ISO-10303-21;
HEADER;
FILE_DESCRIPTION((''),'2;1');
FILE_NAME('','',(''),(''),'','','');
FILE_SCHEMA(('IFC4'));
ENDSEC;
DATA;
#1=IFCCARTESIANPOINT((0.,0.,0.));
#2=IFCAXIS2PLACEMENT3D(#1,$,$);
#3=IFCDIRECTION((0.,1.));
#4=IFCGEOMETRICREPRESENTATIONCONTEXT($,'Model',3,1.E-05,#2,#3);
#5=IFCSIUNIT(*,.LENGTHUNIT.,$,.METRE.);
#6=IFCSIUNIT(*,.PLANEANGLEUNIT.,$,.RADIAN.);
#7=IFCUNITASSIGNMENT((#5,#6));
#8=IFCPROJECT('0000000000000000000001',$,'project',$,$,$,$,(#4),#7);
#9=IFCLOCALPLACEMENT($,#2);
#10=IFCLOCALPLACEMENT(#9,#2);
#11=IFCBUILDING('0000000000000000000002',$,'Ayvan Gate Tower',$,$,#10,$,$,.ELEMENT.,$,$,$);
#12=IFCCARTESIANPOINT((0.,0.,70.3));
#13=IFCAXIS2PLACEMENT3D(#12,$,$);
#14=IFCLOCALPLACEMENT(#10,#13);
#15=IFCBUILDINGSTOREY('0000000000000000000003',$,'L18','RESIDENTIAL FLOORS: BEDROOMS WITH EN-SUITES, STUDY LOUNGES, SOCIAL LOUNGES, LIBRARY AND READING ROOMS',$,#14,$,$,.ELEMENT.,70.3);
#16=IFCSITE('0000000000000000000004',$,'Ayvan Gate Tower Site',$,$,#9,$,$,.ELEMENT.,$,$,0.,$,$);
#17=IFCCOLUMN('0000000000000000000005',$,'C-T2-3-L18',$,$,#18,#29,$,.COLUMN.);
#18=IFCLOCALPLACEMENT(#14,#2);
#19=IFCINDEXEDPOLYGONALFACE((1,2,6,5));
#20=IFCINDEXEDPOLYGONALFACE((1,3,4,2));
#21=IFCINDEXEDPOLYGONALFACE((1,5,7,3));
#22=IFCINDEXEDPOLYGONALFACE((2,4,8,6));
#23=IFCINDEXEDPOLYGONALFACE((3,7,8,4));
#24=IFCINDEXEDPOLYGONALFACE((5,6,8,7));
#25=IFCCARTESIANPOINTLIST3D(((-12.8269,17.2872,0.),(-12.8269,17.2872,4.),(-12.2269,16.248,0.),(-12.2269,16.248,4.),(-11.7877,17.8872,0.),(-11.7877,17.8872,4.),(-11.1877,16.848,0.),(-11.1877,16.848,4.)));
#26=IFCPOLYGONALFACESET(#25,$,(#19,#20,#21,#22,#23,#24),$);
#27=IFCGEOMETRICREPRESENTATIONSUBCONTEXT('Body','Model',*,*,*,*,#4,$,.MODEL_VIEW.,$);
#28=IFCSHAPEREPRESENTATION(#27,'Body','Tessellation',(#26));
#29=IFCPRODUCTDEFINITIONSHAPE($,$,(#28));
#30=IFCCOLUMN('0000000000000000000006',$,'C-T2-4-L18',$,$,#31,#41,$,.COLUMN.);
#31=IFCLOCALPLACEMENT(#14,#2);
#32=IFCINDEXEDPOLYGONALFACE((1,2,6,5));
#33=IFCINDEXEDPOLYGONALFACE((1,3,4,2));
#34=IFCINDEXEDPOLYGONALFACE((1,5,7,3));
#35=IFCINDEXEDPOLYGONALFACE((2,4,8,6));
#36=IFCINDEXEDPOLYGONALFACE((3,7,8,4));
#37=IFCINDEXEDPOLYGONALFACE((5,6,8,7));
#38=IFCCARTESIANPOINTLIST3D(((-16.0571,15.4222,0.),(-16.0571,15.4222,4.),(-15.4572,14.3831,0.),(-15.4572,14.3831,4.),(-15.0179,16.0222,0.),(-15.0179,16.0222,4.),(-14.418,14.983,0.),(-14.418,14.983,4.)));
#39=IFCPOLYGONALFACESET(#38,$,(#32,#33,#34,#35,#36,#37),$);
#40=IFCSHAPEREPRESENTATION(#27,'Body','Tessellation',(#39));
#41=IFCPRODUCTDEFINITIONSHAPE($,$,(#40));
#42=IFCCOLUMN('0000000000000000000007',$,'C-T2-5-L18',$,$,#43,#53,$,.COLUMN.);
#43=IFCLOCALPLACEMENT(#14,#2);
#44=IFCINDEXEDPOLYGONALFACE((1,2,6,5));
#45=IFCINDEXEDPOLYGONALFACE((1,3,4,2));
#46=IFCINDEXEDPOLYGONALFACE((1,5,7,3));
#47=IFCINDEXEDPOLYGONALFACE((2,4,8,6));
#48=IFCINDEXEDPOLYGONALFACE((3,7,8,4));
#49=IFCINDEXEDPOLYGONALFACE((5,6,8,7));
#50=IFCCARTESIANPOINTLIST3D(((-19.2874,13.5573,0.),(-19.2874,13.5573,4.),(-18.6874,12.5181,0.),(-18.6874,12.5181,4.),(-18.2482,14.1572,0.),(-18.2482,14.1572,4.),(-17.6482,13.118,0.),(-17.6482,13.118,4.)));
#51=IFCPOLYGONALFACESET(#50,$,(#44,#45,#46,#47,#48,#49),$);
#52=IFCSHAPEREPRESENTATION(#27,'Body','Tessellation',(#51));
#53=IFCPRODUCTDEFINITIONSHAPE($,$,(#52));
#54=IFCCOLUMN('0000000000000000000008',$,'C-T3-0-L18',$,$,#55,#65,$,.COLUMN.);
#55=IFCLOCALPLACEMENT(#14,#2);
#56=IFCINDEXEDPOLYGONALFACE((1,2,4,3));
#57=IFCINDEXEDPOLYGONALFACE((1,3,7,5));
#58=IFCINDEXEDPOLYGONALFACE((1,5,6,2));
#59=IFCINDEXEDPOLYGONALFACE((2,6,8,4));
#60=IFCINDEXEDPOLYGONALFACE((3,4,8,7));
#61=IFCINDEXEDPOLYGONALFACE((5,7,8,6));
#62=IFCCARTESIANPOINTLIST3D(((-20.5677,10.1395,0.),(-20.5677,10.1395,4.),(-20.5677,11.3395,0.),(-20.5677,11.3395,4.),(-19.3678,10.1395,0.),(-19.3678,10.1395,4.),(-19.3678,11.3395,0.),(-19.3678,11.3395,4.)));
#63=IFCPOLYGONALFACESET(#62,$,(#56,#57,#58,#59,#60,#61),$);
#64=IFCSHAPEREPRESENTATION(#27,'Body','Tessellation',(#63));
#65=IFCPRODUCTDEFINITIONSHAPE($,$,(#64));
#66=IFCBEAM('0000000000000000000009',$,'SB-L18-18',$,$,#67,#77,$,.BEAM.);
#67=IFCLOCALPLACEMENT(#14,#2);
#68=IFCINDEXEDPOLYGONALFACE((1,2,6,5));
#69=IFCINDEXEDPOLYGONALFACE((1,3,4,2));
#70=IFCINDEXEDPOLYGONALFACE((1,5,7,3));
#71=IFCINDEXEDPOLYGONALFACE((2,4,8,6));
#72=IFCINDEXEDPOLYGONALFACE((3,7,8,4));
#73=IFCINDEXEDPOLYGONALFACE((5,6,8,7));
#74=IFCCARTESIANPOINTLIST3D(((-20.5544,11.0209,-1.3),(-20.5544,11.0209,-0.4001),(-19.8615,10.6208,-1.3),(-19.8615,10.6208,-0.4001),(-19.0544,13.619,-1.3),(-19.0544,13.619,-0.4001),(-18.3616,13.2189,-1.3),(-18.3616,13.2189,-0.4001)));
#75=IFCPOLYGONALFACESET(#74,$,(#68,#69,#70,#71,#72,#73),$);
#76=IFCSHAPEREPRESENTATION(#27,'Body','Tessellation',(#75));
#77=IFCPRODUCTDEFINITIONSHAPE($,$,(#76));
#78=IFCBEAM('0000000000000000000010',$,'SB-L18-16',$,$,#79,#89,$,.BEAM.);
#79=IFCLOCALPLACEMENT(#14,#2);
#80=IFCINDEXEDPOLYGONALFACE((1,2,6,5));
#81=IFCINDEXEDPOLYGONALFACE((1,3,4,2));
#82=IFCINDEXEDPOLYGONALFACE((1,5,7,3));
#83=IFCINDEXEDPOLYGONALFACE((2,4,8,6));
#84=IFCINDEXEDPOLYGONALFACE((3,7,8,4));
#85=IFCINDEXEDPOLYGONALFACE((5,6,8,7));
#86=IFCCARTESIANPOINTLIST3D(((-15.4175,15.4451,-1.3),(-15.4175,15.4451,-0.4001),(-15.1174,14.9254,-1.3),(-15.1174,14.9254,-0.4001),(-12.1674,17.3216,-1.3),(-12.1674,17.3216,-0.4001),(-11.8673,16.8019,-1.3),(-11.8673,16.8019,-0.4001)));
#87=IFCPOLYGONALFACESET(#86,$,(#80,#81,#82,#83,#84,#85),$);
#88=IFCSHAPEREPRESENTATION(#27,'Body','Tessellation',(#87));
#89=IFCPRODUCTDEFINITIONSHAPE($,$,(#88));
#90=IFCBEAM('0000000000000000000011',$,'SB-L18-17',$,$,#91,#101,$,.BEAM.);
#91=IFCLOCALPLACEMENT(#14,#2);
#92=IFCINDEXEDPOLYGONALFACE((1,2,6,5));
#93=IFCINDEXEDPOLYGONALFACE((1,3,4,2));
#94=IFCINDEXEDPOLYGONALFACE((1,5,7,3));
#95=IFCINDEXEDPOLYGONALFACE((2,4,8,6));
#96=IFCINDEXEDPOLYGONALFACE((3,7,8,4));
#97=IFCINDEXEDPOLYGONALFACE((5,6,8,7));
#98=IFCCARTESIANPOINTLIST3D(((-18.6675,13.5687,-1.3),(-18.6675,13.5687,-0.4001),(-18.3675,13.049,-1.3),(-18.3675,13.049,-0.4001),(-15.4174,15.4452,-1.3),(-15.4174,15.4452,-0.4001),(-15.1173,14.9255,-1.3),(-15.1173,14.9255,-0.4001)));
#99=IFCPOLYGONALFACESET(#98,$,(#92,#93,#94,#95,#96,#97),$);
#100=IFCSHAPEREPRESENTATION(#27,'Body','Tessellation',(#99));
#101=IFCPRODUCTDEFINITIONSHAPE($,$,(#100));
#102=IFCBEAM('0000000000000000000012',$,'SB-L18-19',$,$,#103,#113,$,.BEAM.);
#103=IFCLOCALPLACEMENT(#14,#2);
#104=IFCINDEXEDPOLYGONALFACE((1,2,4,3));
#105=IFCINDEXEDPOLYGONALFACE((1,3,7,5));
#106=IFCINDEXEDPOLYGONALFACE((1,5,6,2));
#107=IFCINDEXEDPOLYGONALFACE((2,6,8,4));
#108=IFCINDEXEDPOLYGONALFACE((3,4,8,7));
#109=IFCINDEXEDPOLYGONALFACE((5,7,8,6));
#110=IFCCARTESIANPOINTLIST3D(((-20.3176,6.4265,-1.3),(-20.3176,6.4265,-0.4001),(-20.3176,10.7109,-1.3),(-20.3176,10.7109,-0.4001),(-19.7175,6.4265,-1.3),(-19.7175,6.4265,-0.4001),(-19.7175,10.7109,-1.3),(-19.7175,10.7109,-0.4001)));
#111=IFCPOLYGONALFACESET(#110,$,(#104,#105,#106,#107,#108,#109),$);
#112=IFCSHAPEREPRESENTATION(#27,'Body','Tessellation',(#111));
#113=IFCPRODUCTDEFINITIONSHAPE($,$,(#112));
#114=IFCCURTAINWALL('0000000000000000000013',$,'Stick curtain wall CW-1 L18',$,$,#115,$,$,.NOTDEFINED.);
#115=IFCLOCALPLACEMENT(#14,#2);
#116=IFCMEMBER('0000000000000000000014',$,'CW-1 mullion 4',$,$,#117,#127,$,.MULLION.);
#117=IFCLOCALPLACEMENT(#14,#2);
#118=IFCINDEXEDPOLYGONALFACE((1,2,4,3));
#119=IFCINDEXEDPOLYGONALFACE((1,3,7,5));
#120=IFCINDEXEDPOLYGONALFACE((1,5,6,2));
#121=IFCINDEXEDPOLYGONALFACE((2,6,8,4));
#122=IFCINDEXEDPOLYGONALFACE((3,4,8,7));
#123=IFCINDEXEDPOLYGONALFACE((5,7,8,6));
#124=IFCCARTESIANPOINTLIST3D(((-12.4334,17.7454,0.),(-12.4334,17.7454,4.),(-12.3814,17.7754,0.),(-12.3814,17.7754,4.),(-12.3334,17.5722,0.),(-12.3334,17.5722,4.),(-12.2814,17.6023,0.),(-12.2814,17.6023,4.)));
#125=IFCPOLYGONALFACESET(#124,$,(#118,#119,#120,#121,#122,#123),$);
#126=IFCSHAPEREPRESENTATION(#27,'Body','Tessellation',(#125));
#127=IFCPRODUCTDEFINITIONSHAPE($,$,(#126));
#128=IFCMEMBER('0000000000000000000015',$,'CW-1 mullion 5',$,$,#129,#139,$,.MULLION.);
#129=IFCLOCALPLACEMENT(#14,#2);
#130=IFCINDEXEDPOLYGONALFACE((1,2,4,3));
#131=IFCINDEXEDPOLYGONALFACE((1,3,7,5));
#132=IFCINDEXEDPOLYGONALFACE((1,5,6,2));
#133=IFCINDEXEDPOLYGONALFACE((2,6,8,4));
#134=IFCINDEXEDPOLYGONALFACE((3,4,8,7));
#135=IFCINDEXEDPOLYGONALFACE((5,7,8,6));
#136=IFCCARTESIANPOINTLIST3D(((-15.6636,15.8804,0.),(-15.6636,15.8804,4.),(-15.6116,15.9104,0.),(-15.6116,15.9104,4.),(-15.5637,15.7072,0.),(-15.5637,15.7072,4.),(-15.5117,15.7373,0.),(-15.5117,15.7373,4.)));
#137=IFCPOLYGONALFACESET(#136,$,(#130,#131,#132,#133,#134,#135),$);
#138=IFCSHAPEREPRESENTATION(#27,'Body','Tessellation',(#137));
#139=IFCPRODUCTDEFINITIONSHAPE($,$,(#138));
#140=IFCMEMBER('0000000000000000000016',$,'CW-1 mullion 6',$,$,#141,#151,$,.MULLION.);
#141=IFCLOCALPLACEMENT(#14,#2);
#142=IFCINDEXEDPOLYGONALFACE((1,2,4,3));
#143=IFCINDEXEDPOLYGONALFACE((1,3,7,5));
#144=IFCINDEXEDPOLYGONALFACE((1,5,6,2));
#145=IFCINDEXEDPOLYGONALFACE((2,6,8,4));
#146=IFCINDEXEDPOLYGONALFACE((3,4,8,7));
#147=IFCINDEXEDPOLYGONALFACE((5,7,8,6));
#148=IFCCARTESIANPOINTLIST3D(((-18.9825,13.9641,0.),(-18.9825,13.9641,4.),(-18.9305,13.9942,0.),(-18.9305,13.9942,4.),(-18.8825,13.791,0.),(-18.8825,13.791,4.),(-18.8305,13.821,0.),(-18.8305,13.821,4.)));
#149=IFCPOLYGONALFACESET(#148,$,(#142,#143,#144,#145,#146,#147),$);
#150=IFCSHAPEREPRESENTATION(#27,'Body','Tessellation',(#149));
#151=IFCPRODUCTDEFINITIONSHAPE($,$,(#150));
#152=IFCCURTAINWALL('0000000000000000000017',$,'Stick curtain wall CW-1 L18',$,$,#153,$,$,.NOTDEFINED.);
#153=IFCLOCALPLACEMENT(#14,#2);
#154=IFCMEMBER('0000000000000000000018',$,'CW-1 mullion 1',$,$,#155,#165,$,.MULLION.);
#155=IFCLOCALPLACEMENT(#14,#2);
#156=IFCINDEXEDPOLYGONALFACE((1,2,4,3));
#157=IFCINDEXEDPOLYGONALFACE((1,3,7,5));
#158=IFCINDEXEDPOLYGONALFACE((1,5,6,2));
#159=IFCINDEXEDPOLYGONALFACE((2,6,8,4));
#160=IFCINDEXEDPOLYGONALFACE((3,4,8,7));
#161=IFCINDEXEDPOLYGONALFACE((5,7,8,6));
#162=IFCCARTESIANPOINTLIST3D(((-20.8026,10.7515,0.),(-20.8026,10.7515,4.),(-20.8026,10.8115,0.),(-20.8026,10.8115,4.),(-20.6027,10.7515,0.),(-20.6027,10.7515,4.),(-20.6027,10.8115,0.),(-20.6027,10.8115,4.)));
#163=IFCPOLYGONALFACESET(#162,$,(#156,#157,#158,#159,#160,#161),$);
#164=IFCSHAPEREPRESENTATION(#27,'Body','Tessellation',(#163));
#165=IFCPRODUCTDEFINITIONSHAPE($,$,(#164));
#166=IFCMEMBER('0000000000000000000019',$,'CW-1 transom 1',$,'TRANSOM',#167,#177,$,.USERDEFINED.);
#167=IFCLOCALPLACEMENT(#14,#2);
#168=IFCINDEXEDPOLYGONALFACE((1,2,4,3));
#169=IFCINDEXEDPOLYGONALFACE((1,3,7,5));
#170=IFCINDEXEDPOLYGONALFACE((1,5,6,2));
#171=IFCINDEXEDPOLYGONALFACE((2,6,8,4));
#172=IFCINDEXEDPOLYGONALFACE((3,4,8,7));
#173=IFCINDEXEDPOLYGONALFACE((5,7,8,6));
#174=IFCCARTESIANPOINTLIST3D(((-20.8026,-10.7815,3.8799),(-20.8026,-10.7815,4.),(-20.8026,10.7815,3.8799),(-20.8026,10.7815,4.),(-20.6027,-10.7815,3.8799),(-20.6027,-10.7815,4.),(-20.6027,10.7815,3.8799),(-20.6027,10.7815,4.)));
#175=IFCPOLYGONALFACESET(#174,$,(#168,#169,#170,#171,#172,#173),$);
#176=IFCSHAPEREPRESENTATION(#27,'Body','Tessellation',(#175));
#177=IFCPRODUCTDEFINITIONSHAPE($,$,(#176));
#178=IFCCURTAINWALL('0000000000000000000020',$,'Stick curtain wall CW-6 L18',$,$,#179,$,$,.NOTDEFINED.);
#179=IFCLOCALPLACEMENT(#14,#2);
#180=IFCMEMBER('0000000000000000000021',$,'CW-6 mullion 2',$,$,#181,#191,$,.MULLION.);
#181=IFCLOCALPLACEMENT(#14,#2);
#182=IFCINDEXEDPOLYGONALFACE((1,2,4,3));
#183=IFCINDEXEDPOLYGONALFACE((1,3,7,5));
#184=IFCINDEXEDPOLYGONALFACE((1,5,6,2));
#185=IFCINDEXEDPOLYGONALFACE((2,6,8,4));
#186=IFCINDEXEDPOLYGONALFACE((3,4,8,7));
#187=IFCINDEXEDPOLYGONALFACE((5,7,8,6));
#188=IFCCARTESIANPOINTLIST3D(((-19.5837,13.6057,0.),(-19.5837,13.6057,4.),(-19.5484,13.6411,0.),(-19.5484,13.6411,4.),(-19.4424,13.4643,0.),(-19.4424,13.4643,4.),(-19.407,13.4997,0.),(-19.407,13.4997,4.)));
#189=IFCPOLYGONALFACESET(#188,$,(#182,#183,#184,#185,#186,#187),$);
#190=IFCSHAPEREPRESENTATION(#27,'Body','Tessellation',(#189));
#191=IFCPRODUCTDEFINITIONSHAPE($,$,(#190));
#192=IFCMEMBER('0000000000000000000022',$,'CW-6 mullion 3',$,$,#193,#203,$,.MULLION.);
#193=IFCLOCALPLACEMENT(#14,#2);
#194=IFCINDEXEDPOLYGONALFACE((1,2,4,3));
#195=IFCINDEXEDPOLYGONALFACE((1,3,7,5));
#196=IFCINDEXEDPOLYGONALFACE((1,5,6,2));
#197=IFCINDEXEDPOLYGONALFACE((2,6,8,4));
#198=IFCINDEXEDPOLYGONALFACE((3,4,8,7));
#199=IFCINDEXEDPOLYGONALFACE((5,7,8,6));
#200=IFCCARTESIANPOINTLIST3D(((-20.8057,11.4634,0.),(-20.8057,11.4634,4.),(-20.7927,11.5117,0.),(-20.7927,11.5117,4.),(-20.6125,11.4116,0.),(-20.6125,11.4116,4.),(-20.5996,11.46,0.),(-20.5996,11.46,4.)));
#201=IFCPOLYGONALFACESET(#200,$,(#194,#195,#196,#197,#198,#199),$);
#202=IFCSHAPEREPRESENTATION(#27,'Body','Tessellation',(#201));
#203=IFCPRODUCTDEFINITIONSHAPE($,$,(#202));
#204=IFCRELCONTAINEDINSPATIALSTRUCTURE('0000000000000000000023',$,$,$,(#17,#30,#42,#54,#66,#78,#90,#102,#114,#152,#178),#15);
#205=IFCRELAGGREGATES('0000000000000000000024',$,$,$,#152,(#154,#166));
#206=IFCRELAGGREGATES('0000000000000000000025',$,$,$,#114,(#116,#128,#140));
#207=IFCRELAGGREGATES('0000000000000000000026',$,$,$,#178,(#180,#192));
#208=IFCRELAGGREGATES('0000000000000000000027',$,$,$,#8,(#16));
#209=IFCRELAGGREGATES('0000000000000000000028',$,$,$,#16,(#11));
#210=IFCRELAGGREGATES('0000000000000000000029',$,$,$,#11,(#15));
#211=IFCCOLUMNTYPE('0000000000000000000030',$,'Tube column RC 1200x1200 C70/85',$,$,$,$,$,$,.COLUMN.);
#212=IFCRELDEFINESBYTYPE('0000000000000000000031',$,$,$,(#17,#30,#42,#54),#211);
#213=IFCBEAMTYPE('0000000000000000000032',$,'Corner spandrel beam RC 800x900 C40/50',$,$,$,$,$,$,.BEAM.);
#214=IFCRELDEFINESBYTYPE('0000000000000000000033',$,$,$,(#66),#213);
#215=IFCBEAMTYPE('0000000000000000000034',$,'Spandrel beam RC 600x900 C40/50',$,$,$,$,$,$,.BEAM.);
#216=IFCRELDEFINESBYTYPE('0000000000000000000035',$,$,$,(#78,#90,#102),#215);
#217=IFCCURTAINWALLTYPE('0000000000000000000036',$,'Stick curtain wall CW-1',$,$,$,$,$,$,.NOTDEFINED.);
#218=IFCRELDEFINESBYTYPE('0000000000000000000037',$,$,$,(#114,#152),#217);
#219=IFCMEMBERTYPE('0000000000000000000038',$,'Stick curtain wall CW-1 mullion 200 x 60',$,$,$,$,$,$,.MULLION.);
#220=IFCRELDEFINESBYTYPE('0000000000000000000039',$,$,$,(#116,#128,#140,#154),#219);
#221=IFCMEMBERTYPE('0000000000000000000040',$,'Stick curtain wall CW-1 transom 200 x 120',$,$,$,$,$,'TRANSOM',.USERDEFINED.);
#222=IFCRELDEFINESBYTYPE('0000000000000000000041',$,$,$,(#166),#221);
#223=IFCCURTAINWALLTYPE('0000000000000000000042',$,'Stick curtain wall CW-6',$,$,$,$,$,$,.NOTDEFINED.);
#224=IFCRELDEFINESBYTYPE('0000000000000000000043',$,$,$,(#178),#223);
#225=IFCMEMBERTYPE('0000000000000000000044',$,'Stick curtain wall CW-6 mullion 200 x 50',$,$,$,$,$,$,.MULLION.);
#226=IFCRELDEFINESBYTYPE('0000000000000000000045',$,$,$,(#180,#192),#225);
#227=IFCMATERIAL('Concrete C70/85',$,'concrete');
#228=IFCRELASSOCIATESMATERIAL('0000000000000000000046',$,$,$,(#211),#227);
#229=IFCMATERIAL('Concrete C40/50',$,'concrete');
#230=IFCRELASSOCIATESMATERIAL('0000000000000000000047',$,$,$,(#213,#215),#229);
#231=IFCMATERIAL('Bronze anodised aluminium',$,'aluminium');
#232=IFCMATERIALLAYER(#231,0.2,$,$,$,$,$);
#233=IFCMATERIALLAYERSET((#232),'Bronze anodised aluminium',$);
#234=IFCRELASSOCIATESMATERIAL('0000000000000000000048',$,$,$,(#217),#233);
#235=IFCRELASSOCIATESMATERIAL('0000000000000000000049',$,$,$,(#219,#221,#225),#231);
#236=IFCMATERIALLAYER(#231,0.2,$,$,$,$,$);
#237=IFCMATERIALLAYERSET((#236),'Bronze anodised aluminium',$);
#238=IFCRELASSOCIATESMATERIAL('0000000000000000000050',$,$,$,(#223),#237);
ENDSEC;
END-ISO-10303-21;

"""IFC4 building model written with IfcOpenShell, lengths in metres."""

from ifc_helpers import new_model, si_unit, direction, frame, origin, origin_2d, place, context, subcontext, project, spatial, rectangle, extrude, material, layer, layer_set, material_profile, profile_set, type_object, element, aggregate, save


model = new_model("IFC4")

# Units and contexts
model_context = context("Model", 3, precision=1e-05, world=origin(), true_north=direction((0.0, 1.0)))
body_context = subcontext(model_context, "Body", "Model", "MODEL_VIEW")
ifc_project = project(units=[si_unit("LENGTHUNIT", "METRE"), si_unit("PLANEANGLEUNIT", "RADIAN")], contexts=[model_context])

# Site, building, storey
site_placement = place(None, origin())
site = spatial("IfcSite", under=ifc_project, at=site_placement, Name="Ayvan Gate Tower Site", CompositionType="ELEMENT", RefElevation=0.0)
building_placement = place(site_placement, origin())
building = spatial("IfcBuilding", under=site, at=building_placement, Name="Ayvan Gate Tower", CompositionType="ELEMENT")
storey_placement = place(building_placement, frame((0.0, 0.0, 70.3)))
storey = spatial("IfcBuildingStorey", under=building, at=storey_placement, Name="L18", Description="RESIDENTIAL FLOORS: BEDROOMS WITH EN-SUITES, STUDY LOUNGES, SOCIAL LOUNGES, LIBRARY AND READING ROOMS", CompositionType="ELEMENT", Elevation=70.3)

# Columns
ifc_material_1 = material(Name="Concrete C70/85", Category="concrete")
ifc_material_profile_1 = material_profile(ifc_material_1, rectangle(XDim=1.2, YDim=1.2, at=origin_2d()), Name="RC 1200x1200")
ifc_profile_set_1 = profile_set([ifc_material_profile_1], Name="Concrete C70/85")
column_type = type_object("IfcColumnType", Name="Tube column RC 1200x1200 C70/85", PredefinedType="COLUMN", material=ifc_profile_set_1)
for number, where, z_axis, x_axis, name in (
    (1, (-12.0073, 17.0676, 0.0), (0.0, 0.0, 1.0), (-0.5, 0.866025, 0.0), "C-T2-3-L18"),
    (2, (-15.2375, 15.2026, 0.0), (0.0, 0.0, 1.0), (-0.5, 0.866025, 0.0), "C-T2-4-L18"),
    (3, (-18.4678, 13.3376, 0.0), (0.0, 0.0, 1.0), (-0.5, 0.866025, 0.0), "C-T2-5-L18"),
    (4, (-19.9678, 10.7395, 0.0), (0.0, 0.0, 1.0), (-1.0, 0.0, 0.0), "C-T3-0-L18"),
):
    element("IfcColumn", number, at=place(storey_placement, frame(where, z_axis=z_axis, x_axis=x_axis)), inside=storey, type_object=column_type, Name=name, PredefinedType="COLUMN", context=body_context, shape_type="SweptSolid", body=[
        extrude(rectangle(XDim=1.2, YDim=1.2, at=origin_2d()), origin(), (0.0, 0.0, 1.0), 4.0),
    ])

# Beams
ifc_material_2 = material(Name="Concrete C40/50", Category="concrete")
ifc_material_profile_2 = material_profile(ifc_material_2, rectangle(XDim=0.8, YDim=0.8999, at=origin_2d()), Name="RC 800x900")
ifc_profile_set_2 = profile_set([ifc_material_profile_2], Name="Concrete C40/50")
beam_type_1 = type_object("IfcBeamType", Name="Corner spandrel beam RC 800x900 C40/50", PredefinedType="BEAM", material=ifc_profile_set_2)
beam_1_placement = place(storey_placement, frame((-18.708, 13.4189, -0.8501), z_axis=(-0.49999, -0.866031, 0.0), x_axis=(0.866031, -0.49999, 0.0)))
element("IfcBeam", 5, at=beam_1_placement, inside=storey, type_object=beam_type_1, Name="SB-L18-18", PredefinedType="BEAM", context=body_context, shape_type="SweptSolid", body=[
    extrude(rectangle(XDim=0.8, YDim=0.8999, at=origin_2d()), origin(), (0.0, 0.0, 1.0), 3.0),
])
ifc_material_profile_3 = material_profile(ifc_material_2, rectangle(XDim=0.6001, YDim=0.8999, at=origin_2d()), Name="RC 600x900")
ifc_profile_set_3 = profile_set([ifc_material_profile_3], Name="Concrete C40/50")
beam_type_2 = type_object("IfcBeamType", Name="Spandrel beam RC 600x900 C40/50", PredefinedType="BEAM", material=ifc_profile_set_3)
for number, where, z_axis, x_axis, name in (
    (6, (-12.0173, 17.0618, -0.8501), (-0.866017, -0.500015, 0.0), (0.500015, -0.866017, 0.0), "SB-L18-16"),
    (7, (-15.2673, 15.1853, -0.8501), (-0.866033, -0.499987, 0.0), (0.499987, -0.866033, 0.0), "SB-L18-17"),
):
    element("IfcBeam", number, at=place(storey_placement, frame(where, z_axis=z_axis, x_axis=x_axis)), inside=storey, type_object=beam_type_2, Name=name, PredefinedType="BEAM", context=body_context, shape_type="SweptSolid", body=[
        extrude(rectangle(XDim=0.6001, YDim=0.8999, at=origin_2d()), origin(), (0.0, 0.0, 1.0), 3.7529),
    ])
beam_2_placement = place(storey_placement, frame((-20.0176, 10.7109, -0.8501), z_axis=(0.0, -1.0, 0.0), x_axis=(1.0, 0.0, 0.0)))
element("IfcBeam", 8, at=beam_2_placement, inside=storey, type_object=beam_type_2, Name="SB-L18-19", PredefinedType="BEAM", context=body_context, shape_type="SweptSolid", body=[
    extrude(rectangle(XDim=0.6001, YDim=0.8999, at=origin_2d()), origin(), (0.0, 0.0, 1.0), 4.2844),
])

# Curtain walls, members
ifc_material_3 = material(Name="Bronze anodised aluminium", Category="aluminium")
ifc_layer_1 = layer(ifc_material_3, 0.2)
ifc_layer_set_1 = layer_set([ifc_layer_1], Name="Bronze anodised aluminium")
curtain_wall_type_1 = type_object("IfcCurtainWallType", Name="Stick curtain wall CW-1", PredefinedType="NOTDEFINED", material=ifc_layer_set_1)
curtain_wall_1_placement = place(storey_placement, origin())
curtain_wall_1 = element("IfcCurtainWall", 9, at=curtain_wall_1_placement, inside=storey, type_object=curtain_wall_type_1, Name="Stick curtain wall CW-1 L18", PredefinedType="NOTDEFINED")
ifc_material_profile_4 = material_profile(ifc_material_3, rectangle(XDim=0.2, YDim=0.0601, at=origin_2d()), Name="Stick curtain wall CW-1 mullion 200 x 60")
ifc_profile_set_4 = profile_set([ifc_material_profile_4], Name="Bronze anodised aluminium")
member_type_1 = type_object("IfcMemberType", Name="Stick curtain wall CW-1 mullion 200 x 60", PredefinedType="MULLION", material=ifc_profile_set_4)
member_1_placement = place(storey_placement, frame((-12.3574, 17.6738, 0.0), z_axis=(0.0, 0.0, 1.0), x_axis=(-0.5, 0.866025, 0.0)))
member_1 = element("IfcMember", 10, at=member_1_placement, type_object=member_type_1, Name="CW-1 mullion 4", PredefinedType="MULLION", context=body_context, shape_type="SweptSolid", body=[
    extrude(rectangle(XDim=0.2, YDim=0.0601, at=origin_2d()), origin(), (0.0, 0.0, 1.0), 4.0),
])
member_2_placement = place(storey_placement, frame((-15.5876, 15.8088, 0.0), z_axis=(0.0, 0.0, 1.0), x_axis=(-0.5, 0.866025, 0.0)))
member_2 = element("IfcMember", 11, at=member_2_placement, type_object=member_type_1, Name="CW-1 mullion 5", PredefinedType="MULLION", context=body_context, shape_type="SweptSolid", body=[
    extrude(rectangle(XDim=0.2, YDim=0.0601, at=origin_2d()), origin(), (0.0, 0.0, 1.0), 4.0),
])
member_3_placement = place(storey_placement, frame((-18.9065, 13.8926, 0.0), z_axis=(0.0, 0.0, 1.0), x_axis=(-0.5, 0.866025, 0.0)))
member_3 = element("IfcMember", 12, at=member_3_placement, type_object=member_type_1, Name="CW-1 mullion 6", PredefinedType="MULLION", context=body_context, shape_type="SweptSolid", body=[
    extrude(rectangle(XDim=0.2, YDim=0.0601, at=origin_2d()), origin(), (0.0, 0.0, 1.0), 4.0),
])
curtain_wall_2_placement = place(storey_placement, origin())
curtain_wall_2 = element("IfcCurtainWall", 13, at=curtain_wall_2_placement, inside=storey, type_object=curtain_wall_type_1, Name="Stick curtain wall CW-1 L18", PredefinedType="NOTDEFINED")
member_4_placement = place(storey_placement, frame((-20.7026, 10.7815, 0.0), z_axis=(0.0, 0.0, 1.0), x_axis=(-1.0, 0.0, 0.0)))
member_4 = element("IfcMember", 14, at=member_4_placement, type_object=member_type_1, Name="CW-1 mullion 1", PredefinedType="MULLION", context=body_context, shape_type="SweptSolid", body=[
    extrude(rectangle(XDim=0.2, YDim=0.0601, at=origin_2d()), origin(), (0.0, 0.0, 1.0), 4.0),
])
ifc_material_profile_5 = material_profile(ifc_material_3, rectangle(XDim=0.2, YDim=0.1201, at=origin_2d()), Name="Stick curtain wall CW-1 transom 200 x 120")
ifc_profile_set_5 = profile_set([ifc_material_profile_5], Name="Bronze anodised aluminium")
member_type_2 = type_object("IfcMemberType", Name="Stick curtain wall CW-1 transom 200 x 120", ElementType="TRANSOM", PredefinedType="USERDEFINED", material=ifc_profile_set_5)
member_5_placement = place(storey_placement, frame((-20.7026, 10.7815, 3.9399), z_axis=(0.0, -1.0, 0.0), x_axis=(1.0, 0.0, 0.0)))
member_5 = element("IfcMember", 15, at=member_5_placement, type_object=member_type_2, Name="CW-1 transom 1", ObjectType="TRANSOM", PredefinedType="USERDEFINED", context=body_context, shape_type="SweptSolid", body=[
    extrude(rectangle(XDim=0.2, YDim=0.1201, at=origin_2d()), origin(), (0.0, 0.0, 1.0), 21.563),
])
aggregate(curtain_wall_2, [member_4, member_5])
ifc_layer_2 = layer(ifc_material_3, 0.2)
ifc_layer_set_2 = layer_set([ifc_layer_2], Name="Bronze anodised aluminium")
curtain_wall_type_2 = type_object("IfcCurtainWallType", Name="Stick curtain wall CW-6", PredefinedType="NOTDEFINED", material=ifc_layer_set_2)
curtain_wall_3_placement = place(storey_placement, origin())
curtain_wall_3 = element("IfcCurtainWall", 16, at=curtain_wall_3_placement, inside=storey, type_object=curtain_wall_type_2, Name="Stick curtain wall CW-6 L18", PredefinedType="NOTDEFINED")
ifc_material_profile_6 = material_profile(ifc_material_3, rectangle(XDim=0.2, YDim=0.05, at=origin_2d()), Name="Stick curtain wall CW-6 mullion 200 x 50")
ifc_profile_set_6 = profile_set([ifc_material_profile_6], Name="Bronze anodised aluminium")
member_type_3 = type_object("IfcMemberType", Name="Stick curtain wall CW-6 mullion 200 x 50", PredefinedType="MULLION", material=ifc_profile_set_6)
member_6_placement = place(storey_placement, frame((-19.4954, 13.5527, 0.0), z_axis=(0.0, 0.0, 1.0), x_axis=(-0.707107, 0.707107, 0.0)))
member_6 = element("IfcMember", 17, at=member_6_placement, type_object=member_type_3, Name="CW-6 mullion 2", PredefinedType="MULLION", context=body_context, shape_type="SweptSolid", body=[
    extrude(rectangle(XDim=0.2, YDim=0.05, at=origin_2d()), origin(), (0.0, 0.0, 1.0), 4.0),
])
member_7_placement = place(storey_placement, frame((-20.7026, 11.4617, 0.0), z_axis=(0.0, 0.0, 1.0), x_axis=(-0.965926, 0.258819, 0.0)))
member_7 = element("IfcMember", 18, at=member_7_placement, type_object=member_type_3, Name="CW-6 mullion 3", PredefinedType="MULLION", context=body_context, shape_type="SweptSolid", body=[
    extrude(rectangle(XDim=0.2, YDim=0.05, at=origin_2d()), origin(), (0.0, 0.0, 1.0), 4.0),
])

aggregate(curtain_wall_1, [member_1, member_2, member_3])
aggregate(curtain_wall_3, [member_6, member_7])

save(model, "model.ifc")
